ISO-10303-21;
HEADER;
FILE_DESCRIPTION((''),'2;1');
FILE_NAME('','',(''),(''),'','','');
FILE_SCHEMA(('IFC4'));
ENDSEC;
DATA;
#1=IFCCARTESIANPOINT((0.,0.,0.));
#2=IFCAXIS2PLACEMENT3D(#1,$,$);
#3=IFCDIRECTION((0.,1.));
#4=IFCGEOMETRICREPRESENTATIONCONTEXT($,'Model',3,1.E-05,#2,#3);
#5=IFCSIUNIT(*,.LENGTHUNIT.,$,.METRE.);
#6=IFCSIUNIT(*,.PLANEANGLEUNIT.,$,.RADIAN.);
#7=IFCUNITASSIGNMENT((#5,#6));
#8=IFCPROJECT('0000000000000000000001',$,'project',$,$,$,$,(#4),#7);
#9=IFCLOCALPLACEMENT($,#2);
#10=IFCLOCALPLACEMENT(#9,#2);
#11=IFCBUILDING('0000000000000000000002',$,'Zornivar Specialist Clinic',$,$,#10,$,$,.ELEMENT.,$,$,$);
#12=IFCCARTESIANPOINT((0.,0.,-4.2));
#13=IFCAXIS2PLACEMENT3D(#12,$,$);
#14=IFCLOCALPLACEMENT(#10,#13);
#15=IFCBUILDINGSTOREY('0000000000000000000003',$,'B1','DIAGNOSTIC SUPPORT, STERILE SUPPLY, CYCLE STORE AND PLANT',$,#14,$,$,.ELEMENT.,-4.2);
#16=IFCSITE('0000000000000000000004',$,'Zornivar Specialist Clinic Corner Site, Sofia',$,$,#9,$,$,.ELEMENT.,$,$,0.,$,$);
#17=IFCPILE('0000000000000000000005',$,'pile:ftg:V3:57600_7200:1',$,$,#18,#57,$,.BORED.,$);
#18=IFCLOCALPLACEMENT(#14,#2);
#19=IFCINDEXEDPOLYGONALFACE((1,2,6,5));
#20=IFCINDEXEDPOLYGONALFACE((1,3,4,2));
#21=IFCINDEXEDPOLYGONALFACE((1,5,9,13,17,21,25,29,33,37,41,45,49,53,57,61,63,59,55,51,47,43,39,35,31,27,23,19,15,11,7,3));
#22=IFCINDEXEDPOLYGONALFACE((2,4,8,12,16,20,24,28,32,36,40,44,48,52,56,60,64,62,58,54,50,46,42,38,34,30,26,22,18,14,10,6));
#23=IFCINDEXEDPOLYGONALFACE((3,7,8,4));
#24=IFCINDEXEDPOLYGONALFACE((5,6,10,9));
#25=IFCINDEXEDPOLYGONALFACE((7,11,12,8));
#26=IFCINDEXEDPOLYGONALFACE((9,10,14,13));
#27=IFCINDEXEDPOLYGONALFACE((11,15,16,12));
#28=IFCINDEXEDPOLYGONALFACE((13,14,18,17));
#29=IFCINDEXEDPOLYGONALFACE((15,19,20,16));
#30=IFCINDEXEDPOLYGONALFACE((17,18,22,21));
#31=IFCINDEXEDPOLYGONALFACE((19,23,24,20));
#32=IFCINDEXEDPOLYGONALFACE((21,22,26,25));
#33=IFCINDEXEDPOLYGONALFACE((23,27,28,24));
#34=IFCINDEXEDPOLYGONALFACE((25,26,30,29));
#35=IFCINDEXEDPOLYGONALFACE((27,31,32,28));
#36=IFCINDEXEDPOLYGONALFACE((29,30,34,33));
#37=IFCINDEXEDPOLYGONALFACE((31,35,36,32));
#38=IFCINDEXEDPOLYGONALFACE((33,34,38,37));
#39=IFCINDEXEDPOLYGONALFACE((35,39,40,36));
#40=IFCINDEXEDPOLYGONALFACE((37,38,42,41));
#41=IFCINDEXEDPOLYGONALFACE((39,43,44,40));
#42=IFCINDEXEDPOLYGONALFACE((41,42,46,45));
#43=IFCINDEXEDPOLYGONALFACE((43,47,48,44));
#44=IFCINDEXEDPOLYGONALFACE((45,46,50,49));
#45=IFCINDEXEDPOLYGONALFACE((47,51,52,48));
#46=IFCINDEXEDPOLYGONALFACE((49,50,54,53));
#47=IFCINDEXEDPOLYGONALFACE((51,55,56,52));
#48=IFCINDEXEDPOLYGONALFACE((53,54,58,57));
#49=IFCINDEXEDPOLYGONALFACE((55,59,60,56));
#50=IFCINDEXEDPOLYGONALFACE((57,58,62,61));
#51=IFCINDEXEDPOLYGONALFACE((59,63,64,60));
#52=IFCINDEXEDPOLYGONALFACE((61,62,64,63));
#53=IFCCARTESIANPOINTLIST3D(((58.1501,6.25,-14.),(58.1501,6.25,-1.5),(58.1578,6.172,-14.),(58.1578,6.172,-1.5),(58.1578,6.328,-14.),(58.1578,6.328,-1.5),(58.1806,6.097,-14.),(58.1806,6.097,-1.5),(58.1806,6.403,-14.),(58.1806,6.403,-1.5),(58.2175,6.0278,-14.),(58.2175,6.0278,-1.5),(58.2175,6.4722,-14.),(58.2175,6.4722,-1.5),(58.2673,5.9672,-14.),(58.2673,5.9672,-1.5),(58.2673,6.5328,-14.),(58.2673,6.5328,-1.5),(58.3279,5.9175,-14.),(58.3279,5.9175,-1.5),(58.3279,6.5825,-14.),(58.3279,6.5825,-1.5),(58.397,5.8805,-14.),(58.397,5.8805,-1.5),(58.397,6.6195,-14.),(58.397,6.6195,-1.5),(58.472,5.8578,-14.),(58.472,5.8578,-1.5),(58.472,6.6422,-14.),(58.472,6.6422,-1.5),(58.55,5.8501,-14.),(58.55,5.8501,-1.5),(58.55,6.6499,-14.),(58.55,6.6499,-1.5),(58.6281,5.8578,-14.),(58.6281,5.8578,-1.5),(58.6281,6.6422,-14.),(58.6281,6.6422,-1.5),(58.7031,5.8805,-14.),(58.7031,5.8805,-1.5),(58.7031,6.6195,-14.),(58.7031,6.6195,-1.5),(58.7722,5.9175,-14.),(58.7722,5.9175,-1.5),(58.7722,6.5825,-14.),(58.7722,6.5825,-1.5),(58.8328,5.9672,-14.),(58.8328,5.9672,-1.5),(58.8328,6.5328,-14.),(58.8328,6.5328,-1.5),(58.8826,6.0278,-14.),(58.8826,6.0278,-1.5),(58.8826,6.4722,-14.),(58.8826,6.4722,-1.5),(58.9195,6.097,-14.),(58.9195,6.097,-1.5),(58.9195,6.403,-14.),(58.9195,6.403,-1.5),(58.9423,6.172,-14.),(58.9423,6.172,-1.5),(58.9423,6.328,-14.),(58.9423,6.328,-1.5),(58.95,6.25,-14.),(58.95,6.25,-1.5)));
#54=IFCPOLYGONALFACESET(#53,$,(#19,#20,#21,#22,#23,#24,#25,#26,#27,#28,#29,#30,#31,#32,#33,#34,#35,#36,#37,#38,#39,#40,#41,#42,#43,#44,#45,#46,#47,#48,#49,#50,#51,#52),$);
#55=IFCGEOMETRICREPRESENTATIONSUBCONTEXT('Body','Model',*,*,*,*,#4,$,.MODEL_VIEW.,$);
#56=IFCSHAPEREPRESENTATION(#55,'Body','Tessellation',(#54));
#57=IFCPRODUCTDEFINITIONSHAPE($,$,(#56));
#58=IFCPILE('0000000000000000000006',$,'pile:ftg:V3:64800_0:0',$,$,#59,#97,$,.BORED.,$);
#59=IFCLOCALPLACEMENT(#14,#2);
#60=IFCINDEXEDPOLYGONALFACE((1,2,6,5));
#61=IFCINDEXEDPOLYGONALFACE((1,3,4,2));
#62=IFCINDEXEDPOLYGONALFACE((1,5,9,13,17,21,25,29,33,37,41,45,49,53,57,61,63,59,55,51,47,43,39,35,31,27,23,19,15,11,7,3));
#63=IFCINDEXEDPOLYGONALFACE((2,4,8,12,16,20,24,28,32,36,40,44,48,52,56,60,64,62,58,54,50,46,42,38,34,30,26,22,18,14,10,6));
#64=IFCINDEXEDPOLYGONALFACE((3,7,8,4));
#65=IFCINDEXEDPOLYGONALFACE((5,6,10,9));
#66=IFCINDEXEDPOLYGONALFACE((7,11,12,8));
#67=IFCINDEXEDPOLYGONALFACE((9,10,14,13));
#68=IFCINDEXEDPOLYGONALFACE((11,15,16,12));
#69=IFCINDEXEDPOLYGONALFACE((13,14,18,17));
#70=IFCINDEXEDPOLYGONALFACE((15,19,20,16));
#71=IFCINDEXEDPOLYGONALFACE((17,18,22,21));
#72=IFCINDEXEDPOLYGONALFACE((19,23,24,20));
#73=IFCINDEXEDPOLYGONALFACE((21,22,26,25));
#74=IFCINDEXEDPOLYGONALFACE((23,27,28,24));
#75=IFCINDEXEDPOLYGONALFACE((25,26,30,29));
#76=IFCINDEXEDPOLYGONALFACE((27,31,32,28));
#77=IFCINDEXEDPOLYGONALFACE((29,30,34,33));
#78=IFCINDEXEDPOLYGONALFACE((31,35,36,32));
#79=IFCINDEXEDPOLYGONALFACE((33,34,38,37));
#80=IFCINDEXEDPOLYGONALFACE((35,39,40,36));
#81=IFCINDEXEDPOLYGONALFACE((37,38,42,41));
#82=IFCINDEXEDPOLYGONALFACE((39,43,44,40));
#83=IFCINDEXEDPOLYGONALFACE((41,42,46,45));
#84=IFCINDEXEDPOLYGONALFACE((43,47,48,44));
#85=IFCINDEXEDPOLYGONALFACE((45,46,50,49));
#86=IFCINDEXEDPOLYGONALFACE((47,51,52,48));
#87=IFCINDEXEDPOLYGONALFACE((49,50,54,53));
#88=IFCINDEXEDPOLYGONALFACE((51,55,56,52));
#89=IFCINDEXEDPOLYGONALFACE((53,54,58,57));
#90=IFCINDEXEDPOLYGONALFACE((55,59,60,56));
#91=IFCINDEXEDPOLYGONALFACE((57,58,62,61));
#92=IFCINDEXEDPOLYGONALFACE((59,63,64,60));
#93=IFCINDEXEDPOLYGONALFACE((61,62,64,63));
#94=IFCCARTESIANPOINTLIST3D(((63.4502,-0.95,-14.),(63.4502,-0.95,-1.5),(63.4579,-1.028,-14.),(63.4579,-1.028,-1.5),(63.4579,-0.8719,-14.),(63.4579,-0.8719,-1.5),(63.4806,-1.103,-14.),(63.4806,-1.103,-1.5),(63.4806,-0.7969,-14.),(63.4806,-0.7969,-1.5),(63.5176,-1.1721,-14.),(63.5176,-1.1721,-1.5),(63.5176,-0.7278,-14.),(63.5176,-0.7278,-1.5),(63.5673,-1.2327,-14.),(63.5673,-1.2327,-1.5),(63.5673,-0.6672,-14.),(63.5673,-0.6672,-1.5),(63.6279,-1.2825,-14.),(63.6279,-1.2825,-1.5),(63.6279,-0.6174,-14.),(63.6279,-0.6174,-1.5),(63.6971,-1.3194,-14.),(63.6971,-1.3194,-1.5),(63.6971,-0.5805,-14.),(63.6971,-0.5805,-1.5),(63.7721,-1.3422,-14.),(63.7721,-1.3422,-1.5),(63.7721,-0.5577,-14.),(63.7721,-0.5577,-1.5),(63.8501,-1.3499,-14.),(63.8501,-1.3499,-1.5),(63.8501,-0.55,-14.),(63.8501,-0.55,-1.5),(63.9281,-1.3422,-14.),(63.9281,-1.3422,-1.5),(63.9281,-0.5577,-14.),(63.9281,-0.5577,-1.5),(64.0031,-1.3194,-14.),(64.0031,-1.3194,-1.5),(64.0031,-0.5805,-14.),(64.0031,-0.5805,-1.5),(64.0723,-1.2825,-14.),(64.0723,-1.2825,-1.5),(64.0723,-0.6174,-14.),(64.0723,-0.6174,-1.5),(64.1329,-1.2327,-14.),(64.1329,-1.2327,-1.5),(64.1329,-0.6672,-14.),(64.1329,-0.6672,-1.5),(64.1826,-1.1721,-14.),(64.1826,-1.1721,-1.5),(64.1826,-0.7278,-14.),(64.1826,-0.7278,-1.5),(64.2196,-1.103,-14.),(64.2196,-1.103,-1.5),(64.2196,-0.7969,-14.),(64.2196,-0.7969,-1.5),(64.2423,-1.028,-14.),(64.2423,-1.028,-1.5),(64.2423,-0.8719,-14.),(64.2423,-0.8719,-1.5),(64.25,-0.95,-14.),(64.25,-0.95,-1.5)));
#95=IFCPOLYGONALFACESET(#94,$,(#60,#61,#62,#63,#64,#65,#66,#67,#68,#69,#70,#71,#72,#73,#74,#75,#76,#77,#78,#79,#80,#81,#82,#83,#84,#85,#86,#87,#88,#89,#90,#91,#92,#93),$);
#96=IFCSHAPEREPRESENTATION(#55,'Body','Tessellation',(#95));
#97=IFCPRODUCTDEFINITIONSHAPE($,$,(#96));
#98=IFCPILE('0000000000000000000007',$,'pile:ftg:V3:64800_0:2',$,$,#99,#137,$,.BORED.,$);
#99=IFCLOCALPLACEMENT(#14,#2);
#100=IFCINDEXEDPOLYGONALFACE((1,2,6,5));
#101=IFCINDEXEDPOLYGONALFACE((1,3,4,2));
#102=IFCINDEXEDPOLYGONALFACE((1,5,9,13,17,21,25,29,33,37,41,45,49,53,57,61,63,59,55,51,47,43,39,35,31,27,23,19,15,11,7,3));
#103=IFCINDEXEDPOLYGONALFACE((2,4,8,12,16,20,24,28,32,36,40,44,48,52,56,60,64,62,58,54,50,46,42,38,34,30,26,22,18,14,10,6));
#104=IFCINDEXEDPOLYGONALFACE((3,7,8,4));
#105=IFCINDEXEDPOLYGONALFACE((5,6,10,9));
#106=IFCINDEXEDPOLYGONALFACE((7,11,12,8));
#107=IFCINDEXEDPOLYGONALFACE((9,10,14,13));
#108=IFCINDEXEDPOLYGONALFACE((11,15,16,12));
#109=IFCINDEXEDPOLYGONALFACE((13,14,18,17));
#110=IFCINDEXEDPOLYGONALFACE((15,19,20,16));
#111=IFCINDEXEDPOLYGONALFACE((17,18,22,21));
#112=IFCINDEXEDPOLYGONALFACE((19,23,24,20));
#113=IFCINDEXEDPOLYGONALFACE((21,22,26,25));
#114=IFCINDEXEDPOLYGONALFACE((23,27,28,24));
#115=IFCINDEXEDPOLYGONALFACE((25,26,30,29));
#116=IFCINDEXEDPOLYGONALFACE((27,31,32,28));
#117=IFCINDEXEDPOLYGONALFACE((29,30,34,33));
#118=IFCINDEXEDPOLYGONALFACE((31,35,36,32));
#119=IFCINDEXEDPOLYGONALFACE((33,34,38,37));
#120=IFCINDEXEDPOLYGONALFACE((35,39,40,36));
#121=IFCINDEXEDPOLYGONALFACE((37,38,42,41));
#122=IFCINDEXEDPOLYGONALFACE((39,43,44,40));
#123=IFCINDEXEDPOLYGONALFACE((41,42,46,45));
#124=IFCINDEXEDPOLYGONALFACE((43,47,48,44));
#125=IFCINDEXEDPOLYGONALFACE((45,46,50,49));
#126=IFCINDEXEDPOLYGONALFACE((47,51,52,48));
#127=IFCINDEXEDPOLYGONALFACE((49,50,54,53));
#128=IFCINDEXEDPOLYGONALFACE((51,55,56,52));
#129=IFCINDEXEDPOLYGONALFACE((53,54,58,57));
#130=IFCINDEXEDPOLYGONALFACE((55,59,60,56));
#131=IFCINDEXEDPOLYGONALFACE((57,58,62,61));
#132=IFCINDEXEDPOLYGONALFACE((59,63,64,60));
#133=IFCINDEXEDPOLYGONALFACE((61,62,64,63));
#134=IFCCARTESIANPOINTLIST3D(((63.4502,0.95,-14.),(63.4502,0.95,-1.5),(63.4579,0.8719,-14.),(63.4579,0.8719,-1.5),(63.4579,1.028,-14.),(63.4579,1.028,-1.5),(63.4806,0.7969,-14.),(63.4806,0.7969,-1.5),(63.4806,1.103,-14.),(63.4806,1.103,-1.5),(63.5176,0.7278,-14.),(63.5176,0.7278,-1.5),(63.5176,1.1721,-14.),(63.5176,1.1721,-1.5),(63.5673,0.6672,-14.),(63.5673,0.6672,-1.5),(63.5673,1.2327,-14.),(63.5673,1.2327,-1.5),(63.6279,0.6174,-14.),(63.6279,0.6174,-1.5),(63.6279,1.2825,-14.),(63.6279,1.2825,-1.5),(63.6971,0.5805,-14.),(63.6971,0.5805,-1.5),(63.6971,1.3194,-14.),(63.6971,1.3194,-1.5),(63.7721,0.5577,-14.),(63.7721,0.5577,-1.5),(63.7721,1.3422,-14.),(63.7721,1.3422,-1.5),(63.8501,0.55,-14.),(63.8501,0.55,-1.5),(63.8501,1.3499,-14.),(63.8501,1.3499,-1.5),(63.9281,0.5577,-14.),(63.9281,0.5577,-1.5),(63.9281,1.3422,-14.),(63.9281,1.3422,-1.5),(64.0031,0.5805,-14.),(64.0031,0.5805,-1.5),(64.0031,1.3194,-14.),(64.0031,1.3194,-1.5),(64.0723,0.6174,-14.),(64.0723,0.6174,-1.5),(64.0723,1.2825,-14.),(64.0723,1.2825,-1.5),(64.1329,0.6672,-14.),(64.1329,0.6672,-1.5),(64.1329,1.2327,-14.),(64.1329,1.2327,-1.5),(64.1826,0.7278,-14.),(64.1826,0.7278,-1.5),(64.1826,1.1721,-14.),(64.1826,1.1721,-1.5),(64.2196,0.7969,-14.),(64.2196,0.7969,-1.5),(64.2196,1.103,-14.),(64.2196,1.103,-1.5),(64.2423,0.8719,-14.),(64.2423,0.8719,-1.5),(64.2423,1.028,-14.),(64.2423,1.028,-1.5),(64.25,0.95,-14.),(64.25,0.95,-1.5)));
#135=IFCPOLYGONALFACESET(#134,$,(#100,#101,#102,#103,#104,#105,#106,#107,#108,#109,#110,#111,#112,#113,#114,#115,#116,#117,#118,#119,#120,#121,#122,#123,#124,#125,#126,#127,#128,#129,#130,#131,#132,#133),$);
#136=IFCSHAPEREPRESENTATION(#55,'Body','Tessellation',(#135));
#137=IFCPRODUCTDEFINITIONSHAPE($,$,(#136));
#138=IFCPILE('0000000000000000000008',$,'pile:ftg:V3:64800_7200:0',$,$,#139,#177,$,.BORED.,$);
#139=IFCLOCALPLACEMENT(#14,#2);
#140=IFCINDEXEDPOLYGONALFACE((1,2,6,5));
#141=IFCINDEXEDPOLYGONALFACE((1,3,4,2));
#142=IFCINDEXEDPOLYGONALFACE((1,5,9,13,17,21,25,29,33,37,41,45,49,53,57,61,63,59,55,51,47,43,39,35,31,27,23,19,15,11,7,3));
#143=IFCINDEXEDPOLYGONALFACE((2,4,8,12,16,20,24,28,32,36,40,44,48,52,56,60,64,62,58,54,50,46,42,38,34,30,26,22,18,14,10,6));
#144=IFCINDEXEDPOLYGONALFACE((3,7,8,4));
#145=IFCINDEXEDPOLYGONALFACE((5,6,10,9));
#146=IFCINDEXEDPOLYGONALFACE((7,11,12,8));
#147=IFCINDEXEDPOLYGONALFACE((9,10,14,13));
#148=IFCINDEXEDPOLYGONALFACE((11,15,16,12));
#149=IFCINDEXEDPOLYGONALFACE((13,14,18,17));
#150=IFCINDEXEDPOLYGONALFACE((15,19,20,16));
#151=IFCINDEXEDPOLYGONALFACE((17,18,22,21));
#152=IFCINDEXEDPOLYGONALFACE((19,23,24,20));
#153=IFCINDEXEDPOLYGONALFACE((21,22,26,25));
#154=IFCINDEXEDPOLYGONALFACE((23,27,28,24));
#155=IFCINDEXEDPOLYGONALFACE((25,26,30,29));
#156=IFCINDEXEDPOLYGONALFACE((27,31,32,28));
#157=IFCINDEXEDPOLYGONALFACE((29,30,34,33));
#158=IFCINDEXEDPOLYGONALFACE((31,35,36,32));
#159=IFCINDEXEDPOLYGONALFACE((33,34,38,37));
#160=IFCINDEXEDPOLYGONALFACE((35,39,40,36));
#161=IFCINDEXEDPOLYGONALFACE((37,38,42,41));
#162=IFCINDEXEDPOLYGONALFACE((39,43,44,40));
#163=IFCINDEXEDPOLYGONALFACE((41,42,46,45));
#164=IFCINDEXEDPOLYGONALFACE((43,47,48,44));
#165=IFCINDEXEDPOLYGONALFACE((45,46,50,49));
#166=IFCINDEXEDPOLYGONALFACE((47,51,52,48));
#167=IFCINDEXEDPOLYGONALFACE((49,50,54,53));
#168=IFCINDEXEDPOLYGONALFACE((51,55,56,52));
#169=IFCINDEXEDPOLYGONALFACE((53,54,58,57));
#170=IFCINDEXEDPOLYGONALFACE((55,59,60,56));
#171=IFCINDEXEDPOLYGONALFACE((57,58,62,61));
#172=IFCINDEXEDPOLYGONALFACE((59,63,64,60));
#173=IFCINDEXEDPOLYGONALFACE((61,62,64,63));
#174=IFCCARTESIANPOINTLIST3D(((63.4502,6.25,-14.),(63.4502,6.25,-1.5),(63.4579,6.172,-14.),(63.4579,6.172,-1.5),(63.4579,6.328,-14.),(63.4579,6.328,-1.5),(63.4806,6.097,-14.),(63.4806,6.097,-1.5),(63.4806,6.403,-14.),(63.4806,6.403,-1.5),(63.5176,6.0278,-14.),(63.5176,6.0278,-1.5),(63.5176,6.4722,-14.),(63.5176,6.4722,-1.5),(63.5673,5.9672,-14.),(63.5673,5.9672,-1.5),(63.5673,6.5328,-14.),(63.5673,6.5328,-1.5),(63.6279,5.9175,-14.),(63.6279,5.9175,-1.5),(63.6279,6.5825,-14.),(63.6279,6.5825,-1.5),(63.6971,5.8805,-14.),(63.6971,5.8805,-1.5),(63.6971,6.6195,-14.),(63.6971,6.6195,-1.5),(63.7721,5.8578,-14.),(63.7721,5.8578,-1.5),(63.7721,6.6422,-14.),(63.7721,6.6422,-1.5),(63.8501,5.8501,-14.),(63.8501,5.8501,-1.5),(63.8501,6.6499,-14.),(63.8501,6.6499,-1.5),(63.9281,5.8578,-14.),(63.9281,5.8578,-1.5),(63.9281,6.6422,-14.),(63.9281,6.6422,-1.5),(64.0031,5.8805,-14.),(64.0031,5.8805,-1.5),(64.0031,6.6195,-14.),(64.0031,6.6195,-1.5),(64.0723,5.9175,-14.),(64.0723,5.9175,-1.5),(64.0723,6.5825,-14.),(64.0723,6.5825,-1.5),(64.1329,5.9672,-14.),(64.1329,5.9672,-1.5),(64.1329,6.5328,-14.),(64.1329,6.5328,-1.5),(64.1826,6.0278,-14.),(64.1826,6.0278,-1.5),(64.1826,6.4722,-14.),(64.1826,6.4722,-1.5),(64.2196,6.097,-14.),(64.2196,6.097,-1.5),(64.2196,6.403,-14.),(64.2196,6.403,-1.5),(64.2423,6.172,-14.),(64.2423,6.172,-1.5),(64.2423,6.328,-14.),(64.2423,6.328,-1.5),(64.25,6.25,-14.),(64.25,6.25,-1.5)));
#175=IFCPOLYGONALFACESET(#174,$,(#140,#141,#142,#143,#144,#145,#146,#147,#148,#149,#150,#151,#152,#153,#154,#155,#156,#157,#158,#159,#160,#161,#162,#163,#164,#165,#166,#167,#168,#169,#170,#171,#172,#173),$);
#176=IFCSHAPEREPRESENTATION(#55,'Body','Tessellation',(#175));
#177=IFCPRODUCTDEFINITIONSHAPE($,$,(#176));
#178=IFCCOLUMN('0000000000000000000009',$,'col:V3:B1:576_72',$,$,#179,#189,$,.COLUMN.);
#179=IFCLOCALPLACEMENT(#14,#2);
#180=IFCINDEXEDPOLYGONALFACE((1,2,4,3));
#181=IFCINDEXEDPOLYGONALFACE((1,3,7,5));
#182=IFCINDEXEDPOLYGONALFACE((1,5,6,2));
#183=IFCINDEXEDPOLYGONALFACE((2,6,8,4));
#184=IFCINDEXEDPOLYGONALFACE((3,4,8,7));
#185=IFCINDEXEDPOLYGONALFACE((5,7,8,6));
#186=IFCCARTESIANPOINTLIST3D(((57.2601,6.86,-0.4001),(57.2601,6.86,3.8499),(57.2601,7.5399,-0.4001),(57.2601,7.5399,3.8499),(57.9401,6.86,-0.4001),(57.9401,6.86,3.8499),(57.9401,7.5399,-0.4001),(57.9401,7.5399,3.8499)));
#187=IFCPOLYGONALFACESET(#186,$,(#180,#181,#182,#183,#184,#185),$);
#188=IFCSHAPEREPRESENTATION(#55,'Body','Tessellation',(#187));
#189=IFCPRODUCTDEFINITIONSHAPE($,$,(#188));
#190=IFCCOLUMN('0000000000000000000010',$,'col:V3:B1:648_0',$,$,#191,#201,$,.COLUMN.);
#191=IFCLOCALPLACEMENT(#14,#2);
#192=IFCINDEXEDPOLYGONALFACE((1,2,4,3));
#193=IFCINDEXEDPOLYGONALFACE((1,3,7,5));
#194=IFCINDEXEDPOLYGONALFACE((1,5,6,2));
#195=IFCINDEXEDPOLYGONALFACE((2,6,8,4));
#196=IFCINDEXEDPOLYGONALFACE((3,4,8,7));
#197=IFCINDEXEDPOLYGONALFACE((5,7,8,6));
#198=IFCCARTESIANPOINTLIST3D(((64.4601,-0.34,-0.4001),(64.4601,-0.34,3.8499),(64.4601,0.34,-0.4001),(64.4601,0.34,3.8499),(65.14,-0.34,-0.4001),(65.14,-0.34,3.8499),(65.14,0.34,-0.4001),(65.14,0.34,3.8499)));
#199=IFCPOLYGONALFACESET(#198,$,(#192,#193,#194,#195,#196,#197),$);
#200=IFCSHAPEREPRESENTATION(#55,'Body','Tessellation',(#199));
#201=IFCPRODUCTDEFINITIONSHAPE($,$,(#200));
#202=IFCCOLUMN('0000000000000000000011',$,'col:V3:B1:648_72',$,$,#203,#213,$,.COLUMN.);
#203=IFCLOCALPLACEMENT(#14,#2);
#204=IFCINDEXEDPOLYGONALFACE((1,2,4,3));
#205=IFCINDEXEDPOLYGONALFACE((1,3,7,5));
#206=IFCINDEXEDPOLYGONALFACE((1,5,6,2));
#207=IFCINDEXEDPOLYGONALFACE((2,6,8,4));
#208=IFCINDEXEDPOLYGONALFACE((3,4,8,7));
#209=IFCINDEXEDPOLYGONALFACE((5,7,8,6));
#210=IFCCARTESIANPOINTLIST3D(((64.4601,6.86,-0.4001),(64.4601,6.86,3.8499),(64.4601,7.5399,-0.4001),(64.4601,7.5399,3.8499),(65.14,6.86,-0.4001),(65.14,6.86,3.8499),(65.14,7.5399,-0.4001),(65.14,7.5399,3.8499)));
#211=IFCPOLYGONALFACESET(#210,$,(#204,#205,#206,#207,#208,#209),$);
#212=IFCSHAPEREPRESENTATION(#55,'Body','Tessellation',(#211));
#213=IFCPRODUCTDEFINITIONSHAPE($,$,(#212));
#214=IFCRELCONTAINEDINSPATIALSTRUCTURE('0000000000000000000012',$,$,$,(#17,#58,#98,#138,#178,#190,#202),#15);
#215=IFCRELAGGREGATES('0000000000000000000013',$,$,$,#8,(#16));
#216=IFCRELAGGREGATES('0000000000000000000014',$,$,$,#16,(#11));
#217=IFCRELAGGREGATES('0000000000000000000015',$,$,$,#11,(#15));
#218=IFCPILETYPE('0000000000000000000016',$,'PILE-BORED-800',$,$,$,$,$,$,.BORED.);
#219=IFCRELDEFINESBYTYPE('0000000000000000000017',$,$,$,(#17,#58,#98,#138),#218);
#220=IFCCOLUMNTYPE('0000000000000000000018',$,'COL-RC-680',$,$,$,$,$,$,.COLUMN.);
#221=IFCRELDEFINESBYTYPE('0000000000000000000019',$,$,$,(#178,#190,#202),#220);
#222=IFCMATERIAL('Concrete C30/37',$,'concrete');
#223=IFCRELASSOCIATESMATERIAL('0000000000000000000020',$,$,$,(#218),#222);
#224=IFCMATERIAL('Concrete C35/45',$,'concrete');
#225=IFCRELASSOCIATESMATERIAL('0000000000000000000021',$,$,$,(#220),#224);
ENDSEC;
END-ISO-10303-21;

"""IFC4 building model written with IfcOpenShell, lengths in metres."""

from ifc_helpers import new_model, si_unit, direction, frame, origin, origin_2d, place, context, subcontext, project, spatial, rectangle, circle, extrude, material, material_profile, profile_set, type_object, element, save


model = new_model("IFC4")

# Units and contexts
model_context = context("Model", 3, precision=1e-05, world=origin(), true_north=direction((0.0, 1.0)))
body_context = subcontext(model_context, "Body", "Model", "MODEL_VIEW")
ifc_project = project(units=[si_unit("LENGTHUNIT", "METRE"), si_unit("PLANEANGLEUNIT", "RADIAN")], contexts=[model_context])

# Site, building, storey
site_placement = place(None, origin())
site = spatial("IfcSite", under=ifc_project, at=site_placement, Name="Zornivar Specialist Clinic Corner Site, Sofia", CompositionType="ELEMENT", RefElevation=0.0)
building_placement = place(site_placement, origin())
building = spatial("IfcBuilding", under=site, at=building_placement, Name="Zornivar Specialist Clinic", CompositionType="ELEMENT")
storey_placement = place(building_placement, frame((0.0, 0.0, -4.2)))
storey = spatial("IfcBuildingStorey", under=building, at=storey_placement, Name="B1", Description="DIAGNOSTIC SUPPORT, STERILE SUPPLY, CYCLE STORE AND PLANT", CompositionType="ELEMENT", Elevation=-4.2)

# Piles
ifc_material_1 = material(Name="Concrete C30/37", Category="concrete")
ifc_material_profile_1 = material_profile(ifc_material_1, circle(Radius=0.3999, at=origin_2d()), Name="PILE D800")
ifc_profile_set_1 = profile_set([ifc_material_profile_1], Name="Concrete C30/37")
pile_type = type_object("IfcPileType", Name="PILE-BORED-800", PredefinedType="BORED", material=ifc_profile_set_1)
for number, where, z_axis, x_axis, name in (
    (1, (58.55, 6.25, -1.5), (0.0, 0.0, -1.0), (1.0, 0.0, 0.0), "pile:ftg:V3:57600_7200:1"),
    (2, (63.8501, -0.95, -1.5), (0.0, 0.0, -1.0), (1.0, 0.0, 0.0), "pile:ftg:V3:64800_0:0"),
    (3, (63.8501, 0.95, -1.5), (0.0, 0.0, -1.0), (1.0, 0.0, 0.0), "pile:ftg:V3:64800_0:2"),
    (4, (63.8501, 6.25, -1.5), (0.0, 0.0, -1.0), (1.0, 0.0, 0.0), "pile:ftg:V3:64800_7200:0"),
):
    element("IfcPile", number, at=place(storey_placement, frame(where, z_axis=z_axis, x_axis=x_axis)), inside=storey, type_object=pile_type, Name=name, PredefinedType="BORED", context=body_context, shape_type="SweptSolid", body=[
        extrude(circle(Radius=0.3999, at=origin_2d()), origin(), (0.0, 0.0, 1.0), 12.5),
    ])

# Columns
ifc_material_2 = material(Name="Concrete C35/45", Category="concrete")
ifc_material_profile_2 = material_profile(ifc_material_2, rectangle(XDim=0.6799, YDim=0.6799, at=origin_2d()), Name="RC 680x680")
ifc_profile_set_2 = profile_set([ifc_material_profile_2], Name="Concrete C35/45")
column_type = type_object("IfcColumnType", Name="COL-RC-680", PredefinedType="COLUMN", material=ifc_profile_set_2)
for number, where, z_axis, x_axis, name in (
    (5, (57.6001, 7.2, -0.4001), (0.0, 0.0, 1.0), (1.0, 0.0, 0.0), "col:V3:B1:576_72"),
    (6, (64.8, 0.0, -0.4001), (0.0, 0.0, 1.0), (1.0, 0.0, 0.0), "col:V3:B1:648_0"),
    (7, (64.8, 7.2, -0.4001), (0.0, 0.0, 1.0), (1.0, 0.0, 0.0), "col:V3:B1:648_72"),
):
    element("IfcColumn", number, at=place(storey_placement, frame(where, z_axis=z_axis, x_axis=x_axis)), inside=storey, type_object=column_type, Name=name, PredefinedType="COLUMN", context=body_context, shape_type="SweptSolid", body=[
        extrude(rectangle(XDim=0.6799, YDim=0.6799, at=origin_2d()), origin(), (0.0, 0.0, 1.0), 4.25),
    ])

save(model, "model.ifc")
